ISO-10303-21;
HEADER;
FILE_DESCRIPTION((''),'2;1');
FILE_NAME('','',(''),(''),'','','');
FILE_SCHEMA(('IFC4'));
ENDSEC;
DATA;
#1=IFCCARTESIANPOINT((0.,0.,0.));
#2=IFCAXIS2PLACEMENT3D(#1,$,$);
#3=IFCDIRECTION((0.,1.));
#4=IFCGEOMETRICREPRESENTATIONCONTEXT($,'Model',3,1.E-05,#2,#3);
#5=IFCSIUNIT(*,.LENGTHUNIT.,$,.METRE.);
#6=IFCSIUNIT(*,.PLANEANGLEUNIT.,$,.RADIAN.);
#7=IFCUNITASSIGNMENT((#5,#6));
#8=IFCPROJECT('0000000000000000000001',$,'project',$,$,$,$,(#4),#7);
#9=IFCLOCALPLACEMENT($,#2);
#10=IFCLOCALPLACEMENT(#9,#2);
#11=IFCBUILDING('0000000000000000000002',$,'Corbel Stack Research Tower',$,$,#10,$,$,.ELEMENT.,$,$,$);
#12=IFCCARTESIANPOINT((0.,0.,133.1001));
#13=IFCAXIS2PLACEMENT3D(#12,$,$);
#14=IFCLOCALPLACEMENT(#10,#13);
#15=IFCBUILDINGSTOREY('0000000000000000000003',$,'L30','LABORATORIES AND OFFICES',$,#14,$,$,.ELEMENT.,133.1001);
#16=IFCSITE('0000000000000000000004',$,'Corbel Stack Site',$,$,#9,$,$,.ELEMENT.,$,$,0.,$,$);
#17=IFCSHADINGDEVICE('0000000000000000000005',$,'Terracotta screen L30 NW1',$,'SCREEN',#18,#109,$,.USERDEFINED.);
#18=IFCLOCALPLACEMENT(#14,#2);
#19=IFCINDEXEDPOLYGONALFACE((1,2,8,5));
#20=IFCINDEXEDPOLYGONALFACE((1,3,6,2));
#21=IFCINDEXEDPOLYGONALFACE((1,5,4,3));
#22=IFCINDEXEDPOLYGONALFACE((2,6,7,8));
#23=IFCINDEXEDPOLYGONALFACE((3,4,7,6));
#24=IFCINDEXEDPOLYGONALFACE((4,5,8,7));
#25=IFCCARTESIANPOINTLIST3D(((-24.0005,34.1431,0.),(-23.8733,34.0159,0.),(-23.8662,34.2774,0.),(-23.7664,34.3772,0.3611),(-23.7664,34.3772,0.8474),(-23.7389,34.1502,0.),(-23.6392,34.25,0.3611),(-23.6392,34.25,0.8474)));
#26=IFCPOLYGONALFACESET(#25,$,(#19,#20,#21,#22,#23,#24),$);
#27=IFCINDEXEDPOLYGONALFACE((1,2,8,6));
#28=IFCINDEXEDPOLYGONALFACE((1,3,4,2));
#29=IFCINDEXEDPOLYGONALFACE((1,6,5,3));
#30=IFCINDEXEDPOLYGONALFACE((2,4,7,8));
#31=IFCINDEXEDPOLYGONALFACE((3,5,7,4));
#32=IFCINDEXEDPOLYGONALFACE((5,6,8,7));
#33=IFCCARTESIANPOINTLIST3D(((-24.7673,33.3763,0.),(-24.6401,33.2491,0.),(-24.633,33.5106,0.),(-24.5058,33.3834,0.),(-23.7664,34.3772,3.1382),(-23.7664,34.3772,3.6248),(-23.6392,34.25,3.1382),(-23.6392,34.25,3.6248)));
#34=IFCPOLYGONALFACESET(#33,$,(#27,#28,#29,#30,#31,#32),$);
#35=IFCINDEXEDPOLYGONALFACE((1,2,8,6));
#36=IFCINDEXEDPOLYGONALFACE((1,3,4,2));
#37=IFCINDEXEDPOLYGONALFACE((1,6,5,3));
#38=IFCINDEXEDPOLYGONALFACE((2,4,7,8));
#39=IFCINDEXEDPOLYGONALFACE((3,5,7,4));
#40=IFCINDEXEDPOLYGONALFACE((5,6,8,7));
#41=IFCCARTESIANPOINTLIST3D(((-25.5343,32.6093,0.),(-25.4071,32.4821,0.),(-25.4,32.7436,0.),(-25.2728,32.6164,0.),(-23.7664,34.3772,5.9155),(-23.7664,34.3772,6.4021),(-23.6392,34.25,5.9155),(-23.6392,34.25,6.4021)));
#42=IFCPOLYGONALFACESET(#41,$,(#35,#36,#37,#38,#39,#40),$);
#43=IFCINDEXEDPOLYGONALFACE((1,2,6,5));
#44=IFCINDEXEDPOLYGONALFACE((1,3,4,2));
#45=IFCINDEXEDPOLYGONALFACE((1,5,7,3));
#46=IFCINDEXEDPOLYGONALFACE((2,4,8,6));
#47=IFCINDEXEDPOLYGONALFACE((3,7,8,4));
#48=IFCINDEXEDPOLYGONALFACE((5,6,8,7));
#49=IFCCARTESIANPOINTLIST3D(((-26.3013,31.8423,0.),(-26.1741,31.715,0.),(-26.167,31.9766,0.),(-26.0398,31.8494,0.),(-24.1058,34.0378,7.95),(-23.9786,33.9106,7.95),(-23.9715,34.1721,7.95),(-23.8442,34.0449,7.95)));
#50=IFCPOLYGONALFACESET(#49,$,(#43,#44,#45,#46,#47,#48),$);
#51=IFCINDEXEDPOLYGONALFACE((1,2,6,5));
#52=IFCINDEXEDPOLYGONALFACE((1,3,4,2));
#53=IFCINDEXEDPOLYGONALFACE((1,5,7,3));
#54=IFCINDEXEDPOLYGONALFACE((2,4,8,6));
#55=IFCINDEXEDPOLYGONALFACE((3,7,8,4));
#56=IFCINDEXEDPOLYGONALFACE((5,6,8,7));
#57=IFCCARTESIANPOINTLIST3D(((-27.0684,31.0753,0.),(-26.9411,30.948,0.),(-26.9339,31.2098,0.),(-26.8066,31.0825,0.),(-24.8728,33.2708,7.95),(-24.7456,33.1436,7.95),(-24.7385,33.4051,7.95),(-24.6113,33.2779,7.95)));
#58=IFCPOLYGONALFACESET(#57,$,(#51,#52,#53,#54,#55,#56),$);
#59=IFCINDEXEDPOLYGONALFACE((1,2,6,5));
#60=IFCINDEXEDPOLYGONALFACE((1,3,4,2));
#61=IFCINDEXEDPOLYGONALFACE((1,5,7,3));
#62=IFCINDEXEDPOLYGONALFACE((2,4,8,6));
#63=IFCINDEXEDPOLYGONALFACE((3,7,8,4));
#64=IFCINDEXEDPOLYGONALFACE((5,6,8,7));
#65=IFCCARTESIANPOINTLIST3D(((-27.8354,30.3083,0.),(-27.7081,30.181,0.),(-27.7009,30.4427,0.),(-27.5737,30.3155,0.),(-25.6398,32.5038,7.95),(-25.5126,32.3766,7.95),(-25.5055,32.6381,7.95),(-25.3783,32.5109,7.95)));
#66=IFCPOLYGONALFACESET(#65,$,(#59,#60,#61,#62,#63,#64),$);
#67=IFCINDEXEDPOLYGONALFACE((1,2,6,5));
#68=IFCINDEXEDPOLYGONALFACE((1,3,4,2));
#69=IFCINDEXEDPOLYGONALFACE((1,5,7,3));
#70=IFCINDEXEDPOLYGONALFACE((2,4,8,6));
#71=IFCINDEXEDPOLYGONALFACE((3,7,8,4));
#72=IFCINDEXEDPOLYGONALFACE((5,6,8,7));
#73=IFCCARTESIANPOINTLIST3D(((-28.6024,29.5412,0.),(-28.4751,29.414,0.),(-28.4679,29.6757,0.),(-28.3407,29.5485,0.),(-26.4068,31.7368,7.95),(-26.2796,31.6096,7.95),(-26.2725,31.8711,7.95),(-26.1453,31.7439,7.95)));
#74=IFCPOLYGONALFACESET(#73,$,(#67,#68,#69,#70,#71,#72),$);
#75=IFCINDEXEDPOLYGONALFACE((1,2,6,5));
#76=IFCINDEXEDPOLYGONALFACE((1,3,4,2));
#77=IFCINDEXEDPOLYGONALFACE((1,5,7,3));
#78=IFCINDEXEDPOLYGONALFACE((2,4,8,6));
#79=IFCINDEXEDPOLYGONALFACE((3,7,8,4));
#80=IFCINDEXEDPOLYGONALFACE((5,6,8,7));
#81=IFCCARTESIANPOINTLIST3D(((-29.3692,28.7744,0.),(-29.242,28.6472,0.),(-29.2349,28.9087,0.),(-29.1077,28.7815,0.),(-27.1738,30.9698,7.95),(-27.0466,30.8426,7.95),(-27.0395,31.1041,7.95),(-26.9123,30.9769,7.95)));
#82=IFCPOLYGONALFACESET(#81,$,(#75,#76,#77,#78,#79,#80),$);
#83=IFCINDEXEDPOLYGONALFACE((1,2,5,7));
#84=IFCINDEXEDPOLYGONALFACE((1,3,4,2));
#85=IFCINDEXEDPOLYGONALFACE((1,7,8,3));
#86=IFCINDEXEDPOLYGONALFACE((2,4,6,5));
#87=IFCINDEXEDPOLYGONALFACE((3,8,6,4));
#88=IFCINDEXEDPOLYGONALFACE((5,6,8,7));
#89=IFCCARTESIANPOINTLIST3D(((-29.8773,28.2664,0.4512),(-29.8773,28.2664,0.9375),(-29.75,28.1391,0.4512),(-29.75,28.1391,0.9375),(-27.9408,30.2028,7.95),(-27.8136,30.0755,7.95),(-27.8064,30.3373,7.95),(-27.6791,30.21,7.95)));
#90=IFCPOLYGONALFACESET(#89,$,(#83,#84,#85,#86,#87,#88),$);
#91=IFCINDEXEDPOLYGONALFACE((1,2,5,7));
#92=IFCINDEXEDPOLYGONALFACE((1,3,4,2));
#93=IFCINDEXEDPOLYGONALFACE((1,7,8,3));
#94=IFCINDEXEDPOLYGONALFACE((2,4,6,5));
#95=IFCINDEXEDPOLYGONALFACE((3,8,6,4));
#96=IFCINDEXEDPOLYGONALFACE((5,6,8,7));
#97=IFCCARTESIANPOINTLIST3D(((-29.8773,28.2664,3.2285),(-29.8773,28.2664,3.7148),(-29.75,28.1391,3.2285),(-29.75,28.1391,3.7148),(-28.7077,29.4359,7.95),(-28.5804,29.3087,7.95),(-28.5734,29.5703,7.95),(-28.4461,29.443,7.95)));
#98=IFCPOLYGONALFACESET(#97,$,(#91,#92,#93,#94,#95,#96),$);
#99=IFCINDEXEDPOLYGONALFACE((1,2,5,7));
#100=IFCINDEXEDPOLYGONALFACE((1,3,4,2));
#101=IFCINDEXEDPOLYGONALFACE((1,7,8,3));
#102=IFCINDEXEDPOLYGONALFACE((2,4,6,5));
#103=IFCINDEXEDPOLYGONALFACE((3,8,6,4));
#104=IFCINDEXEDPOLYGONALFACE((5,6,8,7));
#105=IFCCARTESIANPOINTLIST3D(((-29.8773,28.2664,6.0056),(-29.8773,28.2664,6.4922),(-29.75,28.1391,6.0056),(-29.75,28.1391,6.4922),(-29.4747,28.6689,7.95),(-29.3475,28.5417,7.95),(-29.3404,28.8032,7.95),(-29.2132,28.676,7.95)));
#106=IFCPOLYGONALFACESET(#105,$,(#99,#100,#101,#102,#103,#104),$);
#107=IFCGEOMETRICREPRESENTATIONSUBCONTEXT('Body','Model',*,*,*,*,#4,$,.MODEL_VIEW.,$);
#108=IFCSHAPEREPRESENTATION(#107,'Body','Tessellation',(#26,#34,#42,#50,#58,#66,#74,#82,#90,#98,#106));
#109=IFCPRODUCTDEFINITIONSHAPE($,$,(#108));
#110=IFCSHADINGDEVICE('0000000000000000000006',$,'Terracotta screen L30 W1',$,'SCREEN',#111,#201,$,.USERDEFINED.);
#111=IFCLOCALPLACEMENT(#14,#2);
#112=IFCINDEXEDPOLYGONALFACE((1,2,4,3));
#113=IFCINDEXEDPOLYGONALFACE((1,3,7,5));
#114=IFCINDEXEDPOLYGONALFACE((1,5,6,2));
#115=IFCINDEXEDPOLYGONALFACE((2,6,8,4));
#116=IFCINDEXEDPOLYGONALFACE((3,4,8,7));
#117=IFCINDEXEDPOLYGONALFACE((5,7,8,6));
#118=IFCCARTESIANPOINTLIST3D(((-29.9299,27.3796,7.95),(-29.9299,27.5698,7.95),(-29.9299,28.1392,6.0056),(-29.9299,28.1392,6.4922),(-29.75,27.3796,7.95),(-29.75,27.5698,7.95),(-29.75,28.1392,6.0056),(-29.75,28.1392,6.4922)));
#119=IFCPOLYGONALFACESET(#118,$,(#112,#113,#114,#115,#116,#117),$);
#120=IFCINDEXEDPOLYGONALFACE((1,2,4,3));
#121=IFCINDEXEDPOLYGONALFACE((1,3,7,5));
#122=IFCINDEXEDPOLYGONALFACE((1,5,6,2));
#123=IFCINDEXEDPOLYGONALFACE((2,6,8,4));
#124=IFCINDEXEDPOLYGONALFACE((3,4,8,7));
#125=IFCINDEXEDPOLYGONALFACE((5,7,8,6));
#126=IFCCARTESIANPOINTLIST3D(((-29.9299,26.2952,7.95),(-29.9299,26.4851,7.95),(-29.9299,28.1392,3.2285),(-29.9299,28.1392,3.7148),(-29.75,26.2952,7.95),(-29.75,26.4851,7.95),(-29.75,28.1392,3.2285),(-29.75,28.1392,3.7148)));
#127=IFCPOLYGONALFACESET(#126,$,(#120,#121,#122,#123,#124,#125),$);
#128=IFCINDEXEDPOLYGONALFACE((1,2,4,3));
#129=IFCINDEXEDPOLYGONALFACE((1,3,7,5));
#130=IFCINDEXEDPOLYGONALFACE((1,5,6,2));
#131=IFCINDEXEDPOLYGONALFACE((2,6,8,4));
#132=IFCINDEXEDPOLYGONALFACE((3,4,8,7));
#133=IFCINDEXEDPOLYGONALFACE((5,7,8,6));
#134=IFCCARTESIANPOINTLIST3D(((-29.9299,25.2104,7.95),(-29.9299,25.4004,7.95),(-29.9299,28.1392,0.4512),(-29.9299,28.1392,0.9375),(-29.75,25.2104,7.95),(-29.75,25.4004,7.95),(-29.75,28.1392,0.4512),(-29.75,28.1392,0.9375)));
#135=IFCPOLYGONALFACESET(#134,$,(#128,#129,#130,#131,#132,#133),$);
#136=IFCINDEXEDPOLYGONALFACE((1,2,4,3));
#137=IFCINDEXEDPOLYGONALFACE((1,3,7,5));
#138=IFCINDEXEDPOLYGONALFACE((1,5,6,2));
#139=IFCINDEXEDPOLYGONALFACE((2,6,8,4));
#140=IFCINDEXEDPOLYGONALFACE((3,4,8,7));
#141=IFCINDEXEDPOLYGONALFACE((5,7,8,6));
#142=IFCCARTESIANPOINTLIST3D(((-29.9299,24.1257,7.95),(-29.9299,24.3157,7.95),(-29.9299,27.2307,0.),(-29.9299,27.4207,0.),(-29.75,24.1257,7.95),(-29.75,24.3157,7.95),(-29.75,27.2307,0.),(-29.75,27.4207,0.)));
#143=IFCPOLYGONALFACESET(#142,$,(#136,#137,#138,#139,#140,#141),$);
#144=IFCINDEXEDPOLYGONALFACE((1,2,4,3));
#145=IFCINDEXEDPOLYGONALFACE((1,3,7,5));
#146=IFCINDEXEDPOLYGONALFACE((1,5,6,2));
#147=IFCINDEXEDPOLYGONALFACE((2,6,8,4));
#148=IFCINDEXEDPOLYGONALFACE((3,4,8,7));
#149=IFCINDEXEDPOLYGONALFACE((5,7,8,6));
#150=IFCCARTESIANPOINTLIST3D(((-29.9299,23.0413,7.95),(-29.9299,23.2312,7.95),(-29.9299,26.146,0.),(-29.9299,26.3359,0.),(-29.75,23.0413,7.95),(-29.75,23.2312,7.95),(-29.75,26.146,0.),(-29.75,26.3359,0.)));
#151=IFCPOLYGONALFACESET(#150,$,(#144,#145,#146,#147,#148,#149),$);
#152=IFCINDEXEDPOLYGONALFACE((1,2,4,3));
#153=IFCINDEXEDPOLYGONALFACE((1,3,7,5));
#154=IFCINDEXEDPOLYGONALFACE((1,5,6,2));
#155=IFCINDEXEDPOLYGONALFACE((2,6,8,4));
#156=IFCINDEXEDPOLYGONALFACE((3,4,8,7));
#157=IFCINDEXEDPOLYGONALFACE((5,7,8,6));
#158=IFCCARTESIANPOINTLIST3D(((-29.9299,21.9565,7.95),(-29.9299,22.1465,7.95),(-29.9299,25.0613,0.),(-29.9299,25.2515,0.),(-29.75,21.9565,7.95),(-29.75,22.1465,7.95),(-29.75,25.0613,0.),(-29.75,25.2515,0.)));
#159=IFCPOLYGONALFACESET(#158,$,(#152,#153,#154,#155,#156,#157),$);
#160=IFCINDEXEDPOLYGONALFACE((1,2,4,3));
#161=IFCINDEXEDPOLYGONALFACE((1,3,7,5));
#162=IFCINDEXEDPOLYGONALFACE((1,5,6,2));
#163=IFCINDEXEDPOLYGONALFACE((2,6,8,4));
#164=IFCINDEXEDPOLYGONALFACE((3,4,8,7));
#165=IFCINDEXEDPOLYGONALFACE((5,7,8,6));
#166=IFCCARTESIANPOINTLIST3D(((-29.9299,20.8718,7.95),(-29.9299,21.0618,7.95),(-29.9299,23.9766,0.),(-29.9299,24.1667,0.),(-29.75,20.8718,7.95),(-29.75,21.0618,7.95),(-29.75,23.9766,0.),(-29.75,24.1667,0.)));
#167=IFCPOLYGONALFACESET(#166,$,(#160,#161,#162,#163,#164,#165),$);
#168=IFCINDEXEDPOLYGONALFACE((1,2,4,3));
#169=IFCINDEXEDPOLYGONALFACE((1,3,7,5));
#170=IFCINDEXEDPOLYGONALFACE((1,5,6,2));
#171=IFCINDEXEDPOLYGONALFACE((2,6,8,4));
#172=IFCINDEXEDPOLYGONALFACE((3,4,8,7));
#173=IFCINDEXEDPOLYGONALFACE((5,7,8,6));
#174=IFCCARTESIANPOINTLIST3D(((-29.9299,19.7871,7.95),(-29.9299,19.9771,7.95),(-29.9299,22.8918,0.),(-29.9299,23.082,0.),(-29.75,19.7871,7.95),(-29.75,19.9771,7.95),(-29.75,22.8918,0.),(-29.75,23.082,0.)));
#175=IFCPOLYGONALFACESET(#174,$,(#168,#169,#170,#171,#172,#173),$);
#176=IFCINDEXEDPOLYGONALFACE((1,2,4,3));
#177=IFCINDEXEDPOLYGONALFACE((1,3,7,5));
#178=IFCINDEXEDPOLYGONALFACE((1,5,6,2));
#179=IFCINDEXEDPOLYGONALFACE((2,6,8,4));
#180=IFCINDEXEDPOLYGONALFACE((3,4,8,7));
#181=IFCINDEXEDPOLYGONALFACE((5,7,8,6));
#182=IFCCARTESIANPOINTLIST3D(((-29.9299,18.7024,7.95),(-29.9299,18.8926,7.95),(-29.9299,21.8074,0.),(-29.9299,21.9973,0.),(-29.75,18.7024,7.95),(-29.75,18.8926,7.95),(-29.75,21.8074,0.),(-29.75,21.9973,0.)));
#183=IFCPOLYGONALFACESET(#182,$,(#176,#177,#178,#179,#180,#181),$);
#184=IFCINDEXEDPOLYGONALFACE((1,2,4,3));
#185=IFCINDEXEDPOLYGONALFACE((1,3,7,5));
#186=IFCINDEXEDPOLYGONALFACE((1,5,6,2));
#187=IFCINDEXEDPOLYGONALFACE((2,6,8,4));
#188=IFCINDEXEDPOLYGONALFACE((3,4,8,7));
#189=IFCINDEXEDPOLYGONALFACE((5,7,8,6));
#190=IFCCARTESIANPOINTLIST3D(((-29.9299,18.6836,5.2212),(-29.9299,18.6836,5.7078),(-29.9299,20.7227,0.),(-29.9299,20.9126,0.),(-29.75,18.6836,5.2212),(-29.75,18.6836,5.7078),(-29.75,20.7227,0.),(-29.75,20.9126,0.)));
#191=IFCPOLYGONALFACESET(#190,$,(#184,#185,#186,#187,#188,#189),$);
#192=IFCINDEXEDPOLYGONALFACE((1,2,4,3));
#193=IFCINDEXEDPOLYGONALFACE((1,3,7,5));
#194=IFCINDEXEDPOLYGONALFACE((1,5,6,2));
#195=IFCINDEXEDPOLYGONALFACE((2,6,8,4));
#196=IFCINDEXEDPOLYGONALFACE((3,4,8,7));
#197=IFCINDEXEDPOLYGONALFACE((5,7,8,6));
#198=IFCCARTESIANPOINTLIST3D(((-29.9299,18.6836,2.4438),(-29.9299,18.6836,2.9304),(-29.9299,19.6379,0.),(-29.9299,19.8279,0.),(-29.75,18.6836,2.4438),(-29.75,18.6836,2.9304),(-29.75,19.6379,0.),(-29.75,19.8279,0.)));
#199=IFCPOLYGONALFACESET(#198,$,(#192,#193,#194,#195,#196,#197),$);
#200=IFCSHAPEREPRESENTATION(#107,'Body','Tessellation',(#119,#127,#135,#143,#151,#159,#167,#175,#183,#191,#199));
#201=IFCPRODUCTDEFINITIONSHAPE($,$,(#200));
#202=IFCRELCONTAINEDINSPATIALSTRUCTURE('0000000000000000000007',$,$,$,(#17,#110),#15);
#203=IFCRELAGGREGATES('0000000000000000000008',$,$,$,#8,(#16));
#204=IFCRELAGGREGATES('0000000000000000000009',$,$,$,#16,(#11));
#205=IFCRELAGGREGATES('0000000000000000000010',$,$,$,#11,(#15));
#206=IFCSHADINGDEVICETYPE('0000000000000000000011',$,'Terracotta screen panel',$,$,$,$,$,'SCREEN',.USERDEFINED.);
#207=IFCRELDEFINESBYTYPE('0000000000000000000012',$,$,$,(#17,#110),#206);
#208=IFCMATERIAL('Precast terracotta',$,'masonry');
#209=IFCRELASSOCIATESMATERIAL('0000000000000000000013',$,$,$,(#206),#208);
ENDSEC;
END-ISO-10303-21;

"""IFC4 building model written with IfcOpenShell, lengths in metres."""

from ifc_helpers import new_model, si_unit, direction, frame, origin, place, context, subcontext, project, spatial, polyline, outline, extrude, source, transform, mapped, material, type_object, element, save


model = new_model("IFC4")

# Units and contexts
model_context = context("Model", 3, precision=1e-05, world=origin(), true_north=direction((0.0, 1.0)))
body_context = subcontext(model_context, "Body", "Model", "MODEL_VIEW")
ifc_project = project(units=[si_unit("LENGTHUNIT", "METRE"), si_unit("PLANEANGLEUNIT", "RADIAN")], contexts=[model_context])

# Site, building, storey
site_placement = place(None, origin())
site = spatial("IfcSite", under=ifc_project, at=site_placement, Name="Corbel Stack Site", CompositionType="ELEMENT", RefElevation=0.0)
building_placement = place(site_placement, origin())
building = spatial("IfcBuilding", under=site, at=building_placement, Name="Corbel Stack Research Tower", CompositionType="ELEMENT")
storey_placement = place(building_placement, frame((0.0, 0.0, 133.1001)))
storey = spatial("IfcBuildingStorey", under=building, at=storey_placement, Name="L30", Description="LABORATORIES AND OFFICES", CompositionType="ELEMENT", Elevation=133.1001)

# Shading devices
ifc_material_1 = material(Name="Precast terracotta", Category="masonry")
shading_device_type = type_object("IfcShadingDeviceType", Name="Terracotta screen panel", ElementType="SCREEN", PredefinedType="USERDEFINED", material=ifc_material_1)
shared_shape_1 = source(origin(), body_context, "Body", "SweptSolid", [
    extrude(outline(polyline([(0.3311, 0.0), (0.0, 0.8474), (0.0, 0.3611), (0.1411, 0.0), (0.3311, 0.0)])), frame((0.0, 0.0, 0.0), z_axis=(0.0, -1.0, 0.0), x_axis=(1.0, 0.0, 0.0)), (0.0, 0.0, 1.0), 0.1799),
    extrude(outline(polyline([(1.4155, 0.0), (0.0, 3.6248), (0.0, 3.1382), (1.2256, 0.0), (1.4155, 0.0)])), frame((0.0, 0.0, 0.0), z_axis=(0.0, -1.0, 0.0), x_axis=(1.0, 0.0, 0.0)), (0.0, 0.0, 1.0), 0.1799),
    extrude(outline(polyline([(2.5002, 0.0), (0.0, 6.4021), (0.0, 5.9155), (2.3103, 0.0), (2.5002, 0.0)])), frame((0.0, 0.0, 0.0), z_axis=(0.0, -1.0, 0.0), x_axis=(1.0, 0.0, 0.0)), (0.0, 0.0, 1.0), 0.1799),
    extrude(outline(polyline([(3.585, 0.0), (0.48, 7.95), (0.29, 7.95), (3.395, 0.0), (3.585, 0.0)])), frame((0.0, 0.0, 0.0), z_axis=(0.0, -1.0, 0.0), x_axis=(1.0, 0.0, 0.0)), (0.0, 0.0, 1.0), 0.1799),
    extrude(outline(polyline([(4.6697, 0.0), (1.5647, 7.95), (1.3748, 7.95), (4.4795, 0.0), (4.6697, 0.0)])), frame((0.0, 0.0, 0.0), z_axis=(0.0, -1.0, 0.0), x_axis=(1.0, 0.0, 0.0)), (0.0, 0.0, 1.0), 0.1799),
    extrude(outline(polyline([(5.7544, 0.0), (2.6494, 7.95), (2.4595, 7.95), (5.5642, 0.0), (5.7544, 0.0)])), frame((0.0, 0.0, 0.0), z_axis=(0.0, -1.0, 0.0), x_axis=(1.0, 0.0, 0.0)), (0.0, 0.0, 1.0), 0.1799),
    extrude(outline(polyline([(6.8391, 0.0), (3.7341, 7.95), (3.5442, 7.95), (6.6489, 0.0), (6.8391, 0.0)])), frame((0.0, 0.0, 0.0), z_axis=(0.0, -1.0, 0.0), x_axis=(1.0, 0.0, 0.0)), (0.0, 0.0, 1.0), 0.1799),
    extrude(outline(polyline([(7.9236, 0.0), (4.8188, 7.95), (4.6289, 7.95), (7.7336, 0.0), (7.9236, 0.0)])), frame((0.0, 0.0, 0.0), z_axis=(0.0, -1.0, 0.0), x_axis=(1.0, 0.0, 0.0)), (0.0, 0.0, 1.0), 0.1799),
    extrude(outline(polyline([(5.9036, 7.95), (5.7134, 7.95), (8.6421, 0.4512), (8.6421, 0.9375), (5.9036, 7.95)])), frame((0.0, 0.0, 0.0), z_axis=(0.0, -1.0, 0.0), x_axis=(1.0, 0.0, 0.0)), (0.0, 0.0, 1.0), 0.1799),
    extrude(outline(polyline([(6.988, 7.95), (6.7981, 7.95), (8.6421, 3.2285), (8.6421, 3.7148), (6.988, 7.95)])), frame((0.0, 0.0, 0.0), z_axis=(0.0, -1.0, 0.0), x_axis=(1.0, 0.0, 0.0)), (0.0, 0.0, 1.0), 0.1799),
    extrude(outline(polyline([(8.0728, 7.95), (7.8828, 7.95), (8.6421, 6.0056), (8.6421, 6.4922), (8.0728, 7.95)])), frame((0.0, 0.0, 0.0), z_axis=(0.0, -1.0, 0.0), x_axis=(1.0, 0.0, 0.0)), (0.0, 0.0, 1.0), 0.1799),
])
shading_device_1_placement = place(storey_placement, frame((-23.6392, 34.25, 0.0), z_axis=(0.0, 0.0, 1.0), x_axis=(-0.707107, -0.707107, 0.0)))
element("IfcShadingDevice", 1, at=shading_device_1_placement, inside=storey, type_object=shading_device_type, Name="Terracotta screen L30 NW1", ObjectType="SCREEN", PredefinedType="USERDEFINED", context=body_context, shape_type="MappedRepresentation", body=[
    mapped(shared_shape_1, transform((0.0, 0.0, 0.0))),
])
shared_shape_2 = source(origin(), body_context, "Body", "SweptSolid", [
    extrude(outline(polyline([(0.7595, 7.95), (0.5693, 7.95), (0.0, 6.4922), (0.0, 6.0056), (0.7595, 7.95)])), frame((0.0, 0.0, 0.0), z_axis=(0.0, -1.0, 0.0), x_axis=(1.0, 0.0, 0.0)), (0.0, 0.0, 1.0), 0.1799),
    extrude(outline(polyline([(1.844, 7.95), (1.6541, 7.95), (0.0, 3.7148), (0.0, 3.2285), (1.844, 7.95)])), frame((0.0, 0.0, 0.0), z_axis=(0.0, -1.0, 0.0), x_axis=(1.0, 0.0, 0.0)), (0.0, 0.0, 1.0), 0.1799),
    extrude(outline(polyline([(2.9287, 7.95), (2.7388, 7.95), (0.0, 0.9375), (0.0, 0.4512), (2.9287, 7.95)])), frame((0.0, 0.0, 0.0), z_axis=(0.0, -1.0, 0.0), x_axis=(1.0, 0.0, 0.0)), (0.0, 0.0, 1.0), 0.1799),
    extrude(outline(polyline([(0.9084, 0.0), (4.0134, 7.95), (3.8235, 7.95), (0.7185, 0.0), (0.9084, 0.0)])), frame((0.0, 0.0, 0.0), z_axis=(0.0, -1.0, 0.0), x_axis=(1.0, 0.0, 0.0)), (0.0, 0.0, 1.0), 0.1799),
    extrude(outline(polyline([(1.9932, 0.0), (5.0979, 7.95), (4.908, 7.95), (1.8032, 0.0), (1.9932, 0.0)])), frame((0.0, 0.0, 0.0), z_axis=(0.0, -1.0, 0.0), x_axis=(1.0, 0.0, 0.0)), (0.0, 0.0, 1.0), 0.1799),
    extrude(outline(polyline([(3.0779, 0.0), (6.1826, 7.95), (5.9927, 7.95), (2.8877, 0.0), (3.0779, 0.0)])), frame((0.0, 0.0, 0.0), z_axis=(0.0, -1.0, 0.0), x_axis=(1.0, 0.0, 0.0)), (0.0, 0.0, 1.0), 0.1799),
    extrude(outline(polyline([(4.1626, 0.0), (7.2673, 7.95), (7.0774, 7.95), (3.9724, 0.0), (4.1626, 0.0)])), frame((0.0, 0.0, 0.0), z_axis=(0.0, -1.0, 0.0), x_axis=(1.0, 0.0, 0.0)), (0.0, 0.0, 1.0), 0.1799),
    extrude(outline(polyline([(5.2473, 0.0), (8.3521, 7.95), (8.1621, 7.95), (5.0571, 0.0), (5.2473, 0.0)])), frame((0.0, 0.0, 0.0), z_axis=(0.0, -1.0, 0.0), x_axis=(1.0, 0.0, 0.0)), (0.0, 0.0, 1.0), 0.1799),
    extrude(outline(polyline([(6.3318, 0.0), (9.4368, 7.95), (9.2466, 7.95), (6.1418, 0.0), (6.3318, 0.0)])), frame((0.0, 0.0, 0.0), z_axis=(0.0, -1.0, 0.0), x_axis=(1.0, 0.0, 0.0)), (0.0, 0.0, 1.0), 0.1799),
    extrude(outline(polyline([(7.4165, 0.0), (9.4556, 5.2212), (9.4556, 5.7078), (7.2266, 0.0), (7.4165, 0.0)])), frame((0.0, 0.0, 0.0), z_axis=(0.0, -1.0, 0.0), x_axis=(1.0, 0.0, 0.0)), (0.0, 0.0, 1.0), 0.1799),
    extrude(outline(polyline([(8.5012, 0.0), (9.4556, 2.4438), (9.4556, 2.9304), (8.3113, 0.0), (8.5012, 0.0)])), frame((0.0, 0.0, 0.0), z_axis=(0.0, -1.0, 0.0), x_axis=(1.0, 0.0, 0.0)), (0.0, 0.0, 1.0), 0.1799),
])
shading_device_2_placement = place(storey_placement, frame((-29.75, 28.1392, 0.0), z_axis=(0.0, 0.0, 1.0), x_axis=(0.0, -1.0, 0.0)))
element("IfcShadingDevice", 2, at=shading_device_2_placement, inside=storey, type_object=shading_device_type, Name="Terracotta screen L30 W1", ObjectType="SCREEN", PredefinedType="USERDEFINED", context=body_context, shape_type="MappedRepresentation", body=[
    mapped(shared_shape_2, transform((0.0, 0.0, 0.0))),
])

save(model, "model.ifc")
